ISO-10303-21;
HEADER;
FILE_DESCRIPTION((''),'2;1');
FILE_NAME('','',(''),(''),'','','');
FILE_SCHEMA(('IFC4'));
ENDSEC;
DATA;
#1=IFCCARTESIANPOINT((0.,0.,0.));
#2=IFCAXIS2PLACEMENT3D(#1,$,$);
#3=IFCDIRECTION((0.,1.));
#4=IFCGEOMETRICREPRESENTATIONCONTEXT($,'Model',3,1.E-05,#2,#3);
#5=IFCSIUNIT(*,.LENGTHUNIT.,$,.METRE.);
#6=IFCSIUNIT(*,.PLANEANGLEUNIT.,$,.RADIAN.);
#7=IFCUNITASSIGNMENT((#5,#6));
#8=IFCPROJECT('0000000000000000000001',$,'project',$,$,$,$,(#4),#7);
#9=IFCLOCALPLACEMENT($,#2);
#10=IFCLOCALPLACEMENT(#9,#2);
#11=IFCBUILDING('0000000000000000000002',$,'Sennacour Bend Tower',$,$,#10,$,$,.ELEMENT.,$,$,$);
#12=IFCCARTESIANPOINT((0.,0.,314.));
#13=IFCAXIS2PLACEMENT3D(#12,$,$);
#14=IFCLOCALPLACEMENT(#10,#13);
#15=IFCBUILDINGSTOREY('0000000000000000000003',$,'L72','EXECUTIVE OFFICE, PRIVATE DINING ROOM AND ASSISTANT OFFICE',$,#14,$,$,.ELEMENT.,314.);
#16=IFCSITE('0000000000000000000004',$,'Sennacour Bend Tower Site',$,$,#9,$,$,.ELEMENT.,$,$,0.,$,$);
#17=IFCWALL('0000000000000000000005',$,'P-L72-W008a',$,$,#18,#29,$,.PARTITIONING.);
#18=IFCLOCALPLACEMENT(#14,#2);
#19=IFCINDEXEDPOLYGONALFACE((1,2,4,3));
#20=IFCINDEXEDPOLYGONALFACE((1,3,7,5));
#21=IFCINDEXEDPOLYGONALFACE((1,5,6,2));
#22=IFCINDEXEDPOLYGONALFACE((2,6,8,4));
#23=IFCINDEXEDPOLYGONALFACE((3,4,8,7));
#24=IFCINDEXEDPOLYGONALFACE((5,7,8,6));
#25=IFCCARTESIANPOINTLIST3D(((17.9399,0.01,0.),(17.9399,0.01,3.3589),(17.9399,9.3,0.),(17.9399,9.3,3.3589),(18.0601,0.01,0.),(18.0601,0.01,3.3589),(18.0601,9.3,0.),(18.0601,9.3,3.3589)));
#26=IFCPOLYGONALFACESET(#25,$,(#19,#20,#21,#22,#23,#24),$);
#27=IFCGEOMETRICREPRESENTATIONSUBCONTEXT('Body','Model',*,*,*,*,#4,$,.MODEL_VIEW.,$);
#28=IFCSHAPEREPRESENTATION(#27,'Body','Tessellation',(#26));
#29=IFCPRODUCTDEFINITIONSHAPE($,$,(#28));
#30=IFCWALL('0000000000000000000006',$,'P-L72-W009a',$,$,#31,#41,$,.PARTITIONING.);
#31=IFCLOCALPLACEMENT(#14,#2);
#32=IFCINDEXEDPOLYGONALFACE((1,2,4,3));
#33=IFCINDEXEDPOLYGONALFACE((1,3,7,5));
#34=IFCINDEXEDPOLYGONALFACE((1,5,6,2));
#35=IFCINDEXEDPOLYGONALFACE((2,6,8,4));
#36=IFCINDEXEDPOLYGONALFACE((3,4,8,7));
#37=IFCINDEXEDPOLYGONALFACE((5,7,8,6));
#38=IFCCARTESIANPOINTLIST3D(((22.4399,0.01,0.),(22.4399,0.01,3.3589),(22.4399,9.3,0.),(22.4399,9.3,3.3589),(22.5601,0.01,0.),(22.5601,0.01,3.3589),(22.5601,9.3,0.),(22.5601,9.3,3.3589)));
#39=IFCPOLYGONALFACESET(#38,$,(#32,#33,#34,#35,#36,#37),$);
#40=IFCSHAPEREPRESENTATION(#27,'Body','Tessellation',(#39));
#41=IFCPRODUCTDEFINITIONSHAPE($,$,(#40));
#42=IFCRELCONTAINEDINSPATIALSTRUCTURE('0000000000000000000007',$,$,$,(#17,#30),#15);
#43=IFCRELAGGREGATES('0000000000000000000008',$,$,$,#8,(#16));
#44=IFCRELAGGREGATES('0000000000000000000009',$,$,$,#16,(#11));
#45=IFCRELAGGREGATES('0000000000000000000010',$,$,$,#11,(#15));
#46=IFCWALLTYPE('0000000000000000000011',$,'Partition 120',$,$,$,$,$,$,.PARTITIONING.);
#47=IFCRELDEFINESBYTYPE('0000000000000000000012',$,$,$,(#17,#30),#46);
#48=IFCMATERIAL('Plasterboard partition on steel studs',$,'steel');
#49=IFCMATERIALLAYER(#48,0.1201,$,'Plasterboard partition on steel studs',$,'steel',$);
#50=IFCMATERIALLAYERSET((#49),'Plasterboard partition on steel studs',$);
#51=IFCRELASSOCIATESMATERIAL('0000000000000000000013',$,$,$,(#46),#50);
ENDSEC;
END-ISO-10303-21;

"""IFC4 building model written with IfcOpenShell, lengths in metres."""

from ifc_helpers import new_model, si_unit, direction, frame, frame_2d, origin, place, context, subcontext, project, spatial, rectangle, extrude, material, layer, layer_set, type_object, element, save


model = new_model("IFC4")

# Units and contexts
model_context = context("Model", 3, precision=1e-05, world=origin(), true_north=direction((0.0, 1.0)))
body_context = subcontext(model_context, "Body", "Model", "MODEL_VIEW")
ifc_project = project(units=[si_unit("LENGTHUNIT", "METRE"), si_unit("PLANEANGLEUNIT", "RADIAN")], contexts=[model_context])

# Site, building, storey
site_placement = place(None, origin())
site = spatial("IfcSite", under=ifc_project, at=site_placement, Name="Sennacour Bend Tower Site", CompositionType="ELEMENT", RefElevation=0.0)
building_placement = place(site_placement, origin())
building = spatial("IfcBuilding", under=site, at=building_placement, Name="Sennacour Bend Tower", CompositionType="ELEMENT")
storey_placement = place(building_placement, frame((0.0, 0.0, 314.0)))
storey = spatial("IfcBuildingStorey", under=building, at=storey_placement, Name="L72", Description="EXECUTIVE OFFICE, PRIVATE DINING ROOM AND ASSISTANT OFFICE", CompositionType="ELEMENT", Elevation=314.0)

# Walls
ifc_material_1 = material(Name="Plasterboard partition on steel studs", Category="steel")
ifc_layer_1 = layer(ifc_material_1, 0.1201, Name="Plasterboard partition on steel studs", Category="steel")
ifc_layer_set_1 = layer_set([ifc_layer_1], Name="Plasterboard partition on steel studs")
wall_type = type_object("IfcWallType", Name="Partition 120", PredefinedType="PARTITIONING", material=ifc_layer_set_1)
for number, where, z_axis, x_axis, name in (
    (1, (18.0, 0.01, 0.0), (0.0, 0.0, 1.0), (0.0, 1.0, 0.0), "P-L72-W008a"),
    (2, (22.5, 0.01, 0.0), (0.0, 0.0, 1.0), (0.0, 1.0, 0.0), "P-L72-W009a"),
):
    element("IfcWall", number, at=place(storey_placement, frame(where, z_axis=z_axis, x_axis=x_axis)), inside=storey, type_object=wall_type, Name=name, PredefinedType="PARTITIONING", context=body_context, shape_type="SweptSolid", body=[
        extrude(rectangle(XDim=9.29, YDim=0.1201, at=frame_2d((4.645, 0.0))), origin(), (0.0, 0.0, 1.0), 3.3589),
    ])

save(model, "model.ifc")
